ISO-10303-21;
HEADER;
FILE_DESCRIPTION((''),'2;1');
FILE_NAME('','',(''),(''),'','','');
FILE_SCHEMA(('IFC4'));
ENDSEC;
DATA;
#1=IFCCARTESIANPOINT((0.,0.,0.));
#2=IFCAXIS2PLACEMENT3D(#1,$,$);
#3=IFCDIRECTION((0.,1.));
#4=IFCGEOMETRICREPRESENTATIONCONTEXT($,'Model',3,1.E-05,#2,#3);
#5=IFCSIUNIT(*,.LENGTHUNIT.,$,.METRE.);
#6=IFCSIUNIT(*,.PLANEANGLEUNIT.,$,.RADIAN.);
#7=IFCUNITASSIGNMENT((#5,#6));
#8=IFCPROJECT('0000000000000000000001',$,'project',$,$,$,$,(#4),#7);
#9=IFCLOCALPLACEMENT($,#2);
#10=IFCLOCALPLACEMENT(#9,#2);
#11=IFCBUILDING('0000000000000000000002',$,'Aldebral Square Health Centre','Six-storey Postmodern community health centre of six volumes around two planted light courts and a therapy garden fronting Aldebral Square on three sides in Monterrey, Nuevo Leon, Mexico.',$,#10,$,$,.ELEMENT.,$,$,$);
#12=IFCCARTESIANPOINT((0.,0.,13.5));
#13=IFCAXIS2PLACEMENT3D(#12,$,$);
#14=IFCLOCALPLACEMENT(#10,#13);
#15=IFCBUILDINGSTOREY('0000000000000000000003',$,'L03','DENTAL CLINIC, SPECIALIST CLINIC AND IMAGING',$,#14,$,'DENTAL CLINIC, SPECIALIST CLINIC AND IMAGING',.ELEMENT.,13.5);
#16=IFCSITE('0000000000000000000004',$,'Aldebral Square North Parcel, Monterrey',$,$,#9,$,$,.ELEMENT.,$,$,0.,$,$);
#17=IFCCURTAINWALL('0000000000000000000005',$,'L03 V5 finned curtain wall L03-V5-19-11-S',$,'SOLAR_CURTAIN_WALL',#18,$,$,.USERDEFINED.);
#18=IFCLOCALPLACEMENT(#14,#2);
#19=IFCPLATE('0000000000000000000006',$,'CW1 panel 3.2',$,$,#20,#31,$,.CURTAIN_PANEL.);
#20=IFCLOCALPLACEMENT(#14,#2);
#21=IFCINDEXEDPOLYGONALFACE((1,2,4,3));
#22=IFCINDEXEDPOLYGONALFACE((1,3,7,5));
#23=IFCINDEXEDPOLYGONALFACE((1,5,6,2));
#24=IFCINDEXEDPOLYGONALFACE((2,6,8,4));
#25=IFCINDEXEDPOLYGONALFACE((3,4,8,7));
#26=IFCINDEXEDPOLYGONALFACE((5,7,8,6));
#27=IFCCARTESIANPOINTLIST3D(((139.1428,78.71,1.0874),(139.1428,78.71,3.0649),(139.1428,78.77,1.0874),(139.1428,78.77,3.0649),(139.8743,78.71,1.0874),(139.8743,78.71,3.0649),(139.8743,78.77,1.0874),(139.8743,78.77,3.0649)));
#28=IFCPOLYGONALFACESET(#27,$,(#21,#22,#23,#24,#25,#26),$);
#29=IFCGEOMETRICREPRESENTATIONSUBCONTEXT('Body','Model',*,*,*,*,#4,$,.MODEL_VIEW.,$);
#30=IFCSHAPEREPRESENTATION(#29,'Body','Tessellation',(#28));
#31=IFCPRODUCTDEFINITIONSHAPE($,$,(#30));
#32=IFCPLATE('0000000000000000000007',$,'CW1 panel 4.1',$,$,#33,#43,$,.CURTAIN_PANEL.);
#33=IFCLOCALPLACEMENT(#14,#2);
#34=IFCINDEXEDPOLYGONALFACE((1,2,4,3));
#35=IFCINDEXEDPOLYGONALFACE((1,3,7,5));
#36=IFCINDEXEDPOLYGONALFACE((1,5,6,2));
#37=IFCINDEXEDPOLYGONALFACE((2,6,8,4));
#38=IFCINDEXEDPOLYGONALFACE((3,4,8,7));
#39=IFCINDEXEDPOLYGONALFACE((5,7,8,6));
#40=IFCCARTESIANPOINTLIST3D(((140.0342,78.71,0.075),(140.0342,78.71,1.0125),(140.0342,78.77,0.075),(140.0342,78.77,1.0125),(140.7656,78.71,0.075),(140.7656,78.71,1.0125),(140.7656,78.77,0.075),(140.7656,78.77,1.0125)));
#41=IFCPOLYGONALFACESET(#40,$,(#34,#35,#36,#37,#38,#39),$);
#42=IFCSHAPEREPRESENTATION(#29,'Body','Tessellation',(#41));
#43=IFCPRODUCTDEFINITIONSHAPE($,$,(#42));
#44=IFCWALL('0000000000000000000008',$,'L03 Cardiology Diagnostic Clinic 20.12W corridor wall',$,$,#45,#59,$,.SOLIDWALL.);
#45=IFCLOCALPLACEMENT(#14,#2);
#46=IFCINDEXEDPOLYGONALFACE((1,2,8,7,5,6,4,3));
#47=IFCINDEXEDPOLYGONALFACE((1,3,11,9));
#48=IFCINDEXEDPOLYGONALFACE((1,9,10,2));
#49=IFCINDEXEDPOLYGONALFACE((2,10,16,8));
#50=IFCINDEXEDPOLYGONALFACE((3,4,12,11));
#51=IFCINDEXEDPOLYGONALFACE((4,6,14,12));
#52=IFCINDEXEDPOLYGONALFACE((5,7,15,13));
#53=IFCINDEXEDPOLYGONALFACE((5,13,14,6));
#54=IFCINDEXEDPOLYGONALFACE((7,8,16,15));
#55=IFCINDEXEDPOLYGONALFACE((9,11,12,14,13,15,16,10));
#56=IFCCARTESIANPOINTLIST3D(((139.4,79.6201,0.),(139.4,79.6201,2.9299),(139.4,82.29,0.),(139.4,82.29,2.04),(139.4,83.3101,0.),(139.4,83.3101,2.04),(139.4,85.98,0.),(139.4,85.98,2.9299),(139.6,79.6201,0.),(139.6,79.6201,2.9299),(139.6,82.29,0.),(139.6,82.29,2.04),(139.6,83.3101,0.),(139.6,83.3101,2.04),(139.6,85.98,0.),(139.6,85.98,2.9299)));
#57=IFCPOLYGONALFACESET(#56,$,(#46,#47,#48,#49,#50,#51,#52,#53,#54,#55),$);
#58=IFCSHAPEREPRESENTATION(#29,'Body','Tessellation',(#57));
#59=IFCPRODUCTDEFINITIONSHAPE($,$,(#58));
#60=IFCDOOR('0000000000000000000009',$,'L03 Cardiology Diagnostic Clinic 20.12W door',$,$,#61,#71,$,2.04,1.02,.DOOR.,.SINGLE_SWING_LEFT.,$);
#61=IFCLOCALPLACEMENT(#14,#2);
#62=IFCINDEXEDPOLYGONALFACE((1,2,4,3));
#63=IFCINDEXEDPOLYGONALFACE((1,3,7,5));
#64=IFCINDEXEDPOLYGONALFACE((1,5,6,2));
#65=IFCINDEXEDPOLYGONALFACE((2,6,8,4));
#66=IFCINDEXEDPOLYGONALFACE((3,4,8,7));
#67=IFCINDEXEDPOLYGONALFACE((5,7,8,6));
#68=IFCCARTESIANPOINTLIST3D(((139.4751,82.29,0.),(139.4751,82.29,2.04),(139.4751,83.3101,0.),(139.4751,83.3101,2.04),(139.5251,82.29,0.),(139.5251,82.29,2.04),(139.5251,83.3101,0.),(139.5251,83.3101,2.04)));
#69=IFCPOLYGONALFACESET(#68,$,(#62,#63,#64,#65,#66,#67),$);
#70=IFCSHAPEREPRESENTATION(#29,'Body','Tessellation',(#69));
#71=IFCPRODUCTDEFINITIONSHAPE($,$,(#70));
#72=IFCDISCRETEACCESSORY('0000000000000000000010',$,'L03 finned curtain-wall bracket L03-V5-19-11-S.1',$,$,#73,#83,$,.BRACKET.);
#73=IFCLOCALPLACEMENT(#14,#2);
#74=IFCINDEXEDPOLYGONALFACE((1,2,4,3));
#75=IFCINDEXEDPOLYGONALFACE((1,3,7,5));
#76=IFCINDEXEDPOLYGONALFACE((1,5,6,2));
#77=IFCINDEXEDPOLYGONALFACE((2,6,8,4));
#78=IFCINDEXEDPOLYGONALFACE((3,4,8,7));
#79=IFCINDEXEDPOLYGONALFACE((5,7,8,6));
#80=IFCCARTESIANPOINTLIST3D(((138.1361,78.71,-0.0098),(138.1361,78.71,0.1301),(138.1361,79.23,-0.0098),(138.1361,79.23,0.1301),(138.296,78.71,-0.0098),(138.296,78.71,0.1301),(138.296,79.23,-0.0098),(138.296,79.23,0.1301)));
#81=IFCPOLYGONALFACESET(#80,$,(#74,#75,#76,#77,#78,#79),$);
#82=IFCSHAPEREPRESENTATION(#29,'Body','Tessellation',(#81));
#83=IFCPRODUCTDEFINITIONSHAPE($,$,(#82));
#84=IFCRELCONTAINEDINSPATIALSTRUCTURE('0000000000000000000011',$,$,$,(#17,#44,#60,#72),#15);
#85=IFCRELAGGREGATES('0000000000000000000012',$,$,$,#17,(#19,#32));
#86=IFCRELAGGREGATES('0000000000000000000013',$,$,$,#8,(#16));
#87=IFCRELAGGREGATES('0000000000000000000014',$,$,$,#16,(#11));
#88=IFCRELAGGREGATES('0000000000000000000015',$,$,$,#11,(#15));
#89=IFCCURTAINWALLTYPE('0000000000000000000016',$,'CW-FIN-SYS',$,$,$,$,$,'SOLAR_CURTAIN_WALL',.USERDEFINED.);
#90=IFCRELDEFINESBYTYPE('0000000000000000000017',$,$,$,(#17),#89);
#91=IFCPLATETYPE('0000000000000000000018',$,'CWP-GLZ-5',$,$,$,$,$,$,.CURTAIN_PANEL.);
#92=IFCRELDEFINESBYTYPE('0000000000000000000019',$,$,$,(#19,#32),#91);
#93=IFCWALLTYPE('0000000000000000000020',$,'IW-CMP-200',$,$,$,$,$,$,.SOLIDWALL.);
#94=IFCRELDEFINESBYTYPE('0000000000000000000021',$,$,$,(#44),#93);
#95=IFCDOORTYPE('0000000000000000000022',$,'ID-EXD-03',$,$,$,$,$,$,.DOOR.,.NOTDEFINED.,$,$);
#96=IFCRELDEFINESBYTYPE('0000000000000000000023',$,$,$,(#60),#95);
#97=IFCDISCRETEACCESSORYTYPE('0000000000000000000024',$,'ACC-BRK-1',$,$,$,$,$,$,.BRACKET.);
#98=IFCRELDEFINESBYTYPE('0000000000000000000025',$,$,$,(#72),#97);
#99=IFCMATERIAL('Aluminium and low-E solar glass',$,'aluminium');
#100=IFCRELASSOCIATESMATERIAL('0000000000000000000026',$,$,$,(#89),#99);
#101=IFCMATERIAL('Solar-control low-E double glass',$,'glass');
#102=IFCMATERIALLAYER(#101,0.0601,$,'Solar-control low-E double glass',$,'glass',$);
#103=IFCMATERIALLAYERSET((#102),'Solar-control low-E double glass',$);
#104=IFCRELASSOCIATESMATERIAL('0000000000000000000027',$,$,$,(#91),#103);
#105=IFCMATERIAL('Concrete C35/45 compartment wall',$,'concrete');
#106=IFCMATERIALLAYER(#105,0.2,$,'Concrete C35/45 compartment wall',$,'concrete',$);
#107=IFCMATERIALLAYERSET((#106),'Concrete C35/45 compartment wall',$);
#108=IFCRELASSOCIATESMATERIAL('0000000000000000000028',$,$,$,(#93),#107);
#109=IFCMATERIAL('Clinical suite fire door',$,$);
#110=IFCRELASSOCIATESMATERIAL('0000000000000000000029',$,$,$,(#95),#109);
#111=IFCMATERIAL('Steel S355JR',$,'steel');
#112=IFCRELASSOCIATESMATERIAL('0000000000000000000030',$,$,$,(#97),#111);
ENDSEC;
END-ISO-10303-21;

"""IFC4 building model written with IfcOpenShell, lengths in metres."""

from ifc_helpers import new_model, si_unit, direction, frame, frame_2d, origin, origin_2d, place, context, subcontext, project, spatial, rectangle, extrude, material, layer, layer_set, type_object, element, fill, aggregate, save


model = new_model("IFC4")

# Units and contexts
model_context = context("Model", 3, precision=1e-05, world=origin(), true_north=direction((0.0, 1.0)))
body_context = subcontext(model_context, "Body", "Model", "MODEL_VIEW")
ifc_project = project(units=[si_unit("LENGTHUNIT", "METRE"), si_unit("PLANEANGLEUNIT", "RADIAN")], contexts=[model_context])

# Site, building, storey
site_placement = place(None, origin())
site = spatial("IfcSite", under=ifc_project, at=site_placement, Name="Aldebral Square North Parcel, Monterrey", CompositionType="ELEMENT", RefElevation=0.0)
building_placement = place(site_placement, origin())
building = spatial("IfcBuilding", under=site, at=building_placement, Name="Aldebral Square Health Centre", Description="Six-storey Postmodern community health centre of six volumes around two planted light courts and a therapy garden fronting Aldebral Square on three sides in Monterrey, Nuevo Leon, Mexico.", CompositionType="ELEMENT")
storey_placement = place(building_placement, frame((0.0, 0.0, 13.5)))
storey = spatial("IfcBuildingStorey", under=building, at=storey_placement, Name="L03", Description="DENTAL CLINIC, SPECIALIST CLINIC AND IMAGING", LongName="DENTAL CLINIC, SPECIALIST CLINIC AND IMAGING", CompositionType="ELEMENT", Elevation=13.5)

# Curtain wall, plates
ifc_material_1 = material(Name="Aluminium and low-E solar glass", Category="aluminium")
curtain_wall_type = type_object("IfcCurtainWallType", Name="CW-FIN-SYS", ElementType="SOLAR_CURTAIN_WALL", PredefinedType="USERDEFINED", material=ifc_material_1)
curtain_wall_placement = place(storey_placement, origin())
curtain_wall = element("IfcCurtainWall", 1, at=curtain_wall_placement, inside=storey, type_object=curtain_wall_type, Name="L03 V5 finned curtain wall L03-V5-19-11-S", ObjectType="SOLAR_CURTAIN_WALL", PredefinedType="USERDEFINED")
ifc_material_2 = material(Name="Solar-control low-E double glass", Category="glass")
ifc_layer_1 = layer(ifc_material_2, 0.0601, Name="Solar-control low-E double glass", Category="glass")
ifc_layer_set_1 = layer_set([ifc_layer_1], Name="Solar-control low-E double glass")
plate_type = type_object("IfcPlateType", Name="CWP-GLZ-5", PredefinedType="CURTAIN_PANEL", material=ifc_layer_set_1)
plate_1_placement = place(storey_placement, frame((139.5085, 78.74, 1.0874), z_axis=(0.0, 0.0, 1.0), x_axis=(1.0, 0.0, 0.0)))
plate_1 = element("IfcPlate", 2, at=plate_1_placement, type_object=plate_type, Name="CW1 panel 3.2", PredefinedType="CURTAIN_PANEL", context=body_context, shape_type="SweptSolid", body=[
    extrude(rectangle(XDim=0.7314, YDim=0.0601, at=origin_2d()), origin(), (0.0, 0.0, 1.0), 1.9775),
])
plate_2_placement = place(storey_placement, frame((140.3999, 78.74, 0.075), z_axis=(0.0, 0.0, 1.0), x_axis=(1.0, 0.0, 0.0)))
plate_2 = element("IfcPlate", 3, at=plate_2_placement, type_object=plate_type, Name="CW1 panel 4.1", PredefinedType="CURTAIN_PANEL", context=body_context, shape_type="SweptSolid", body=[
    extrude(rectangle(XDim=0.7314, YDim=0.0601, at=origin_2d()), origin(), (0.0, 0.0, 1.0), 0.9375),
])
aggregate(curtain_wall, [plate_1, plate_2])

# Wall, opening, door
ifc_material_3 = material(Name="Concrete C35/45 compartment wall", Category="concrete")
ifc_layer_2 = layer(ifc_material_3, 0.2, Name="Concrete C35/45 compartment wall", Category="concrete")
ifc_layer_set_2 = layer_set([ifc_layer_2], Name="Concrete C35/45 compartment wall")
wall_type = type_object("IfcWallType", Name="IW-CMP-200", PredefinedType="SOLIDWALL", material=ifc_layer_set_2)
wall_placement = place(storey_placement, frame((139.5, 79.6201, 0.0), z_axis=(0.0, 0.0, 1.0), x_axis=(0.0, 1.0, 0.0)))
wall = element("IfcWall", 4, at=wall_placement, inside=storey, type_object=wall_type, Name="L03 Cardiology Diagnostic Clinic 20.12W corridor wall", PredefinedType="SOLIDWALL", context=body_context, shape_type="SweptSolid", body=[
    extrude(rectangle(XDim=6.3599, YDim=0.2, at=frame_2d((3.1799, 0.0))), origin(), (0.0, 0.0, 1.0), 2.9299),
])
opening_placement = place(wall_placement, frame((2.6699, 0.0, 0.0)))
opening = element("IfcOpeningElement", 5, at=opening_placement, cuts=wall, PredefinedType="OPENING", context=body_context, shape_type="SweptSolid", body=[
    extrude(rectangle(XDim=1.02, YDim=2.04, at=frame_2d((0.51, 1.02))), frame((0.0, 0.1099, 0.0), z_axis=(0.0, -1.0, 0.0), x_axis=(1.0, 0.0, 0.0)), (0.0, 0.0, 1.0), 0.22),
])
ifc_material_4 = material(Name="Clinical suite fire door")
door_type = type_object("IfcDoorType", Name="ID-EXD-03", OperationType="NOTDEFINED", PredefinedType="DOOR", material=ifc_material_4)
door_placement = place(opening_placement, origin())
door = element("IfcDoor", 6, at=door_placement, inside=storey, type_object=door_type, Name="L03 Cardiology Diagnostic Clinic 20.12W door", OperationType="SINGLE_SWING_LEFT", OverallHeight=2.04, OverallWidth=1.02, PredefinedType="DOOR", context=body_context, shape_type="SweptSolid", body=[
    extrude(rectangle(XDim=1.02, YDim=2.04, at=frame_2d((0.51, 1.02))), frame((0.0, 0.0249, 0.0), z_axis=(0.0, -1.0, 0.0), x_axis=(1.0, 0.0, 0.0)), (0.0, 0.0, 1.0), 0.05),
])
fill(opening, door)

# Discrete accessory
ifc_material_5 = material(Name="Steel S355JR", Category="steel")
discrete_accessory_type = type_object("IfcDiscreteAccessoryType", Name="ACC-BRK-1", PredefinedType="BRACKET", material=ifc_material_5)
discrete_accessory_placement = place(storey_placement, frame((138.2161, 78.97, -0.0098), z_axis=(0.0, 0.0, 1.0), x_axis=(1.0, 0.0, 0.0)))
element("IfcDiscreteAccessory", 7, at=discrete_accessory_placement, inside=storey, type_object=discrete_accessory_type, Name="L03 finned curtain-wall bracket L03-V5-19-11-S.1", PredefinedType="BRACKET", context=body_context, shape_type="SweptSolid", body=[
    extrude(rectangle(XDim=0.1599, YDim=0.52, at=origin_2d()), origin(), (0.0, 0.0, 1.0), 0.1399),
])

save(model, "model.ifc")
